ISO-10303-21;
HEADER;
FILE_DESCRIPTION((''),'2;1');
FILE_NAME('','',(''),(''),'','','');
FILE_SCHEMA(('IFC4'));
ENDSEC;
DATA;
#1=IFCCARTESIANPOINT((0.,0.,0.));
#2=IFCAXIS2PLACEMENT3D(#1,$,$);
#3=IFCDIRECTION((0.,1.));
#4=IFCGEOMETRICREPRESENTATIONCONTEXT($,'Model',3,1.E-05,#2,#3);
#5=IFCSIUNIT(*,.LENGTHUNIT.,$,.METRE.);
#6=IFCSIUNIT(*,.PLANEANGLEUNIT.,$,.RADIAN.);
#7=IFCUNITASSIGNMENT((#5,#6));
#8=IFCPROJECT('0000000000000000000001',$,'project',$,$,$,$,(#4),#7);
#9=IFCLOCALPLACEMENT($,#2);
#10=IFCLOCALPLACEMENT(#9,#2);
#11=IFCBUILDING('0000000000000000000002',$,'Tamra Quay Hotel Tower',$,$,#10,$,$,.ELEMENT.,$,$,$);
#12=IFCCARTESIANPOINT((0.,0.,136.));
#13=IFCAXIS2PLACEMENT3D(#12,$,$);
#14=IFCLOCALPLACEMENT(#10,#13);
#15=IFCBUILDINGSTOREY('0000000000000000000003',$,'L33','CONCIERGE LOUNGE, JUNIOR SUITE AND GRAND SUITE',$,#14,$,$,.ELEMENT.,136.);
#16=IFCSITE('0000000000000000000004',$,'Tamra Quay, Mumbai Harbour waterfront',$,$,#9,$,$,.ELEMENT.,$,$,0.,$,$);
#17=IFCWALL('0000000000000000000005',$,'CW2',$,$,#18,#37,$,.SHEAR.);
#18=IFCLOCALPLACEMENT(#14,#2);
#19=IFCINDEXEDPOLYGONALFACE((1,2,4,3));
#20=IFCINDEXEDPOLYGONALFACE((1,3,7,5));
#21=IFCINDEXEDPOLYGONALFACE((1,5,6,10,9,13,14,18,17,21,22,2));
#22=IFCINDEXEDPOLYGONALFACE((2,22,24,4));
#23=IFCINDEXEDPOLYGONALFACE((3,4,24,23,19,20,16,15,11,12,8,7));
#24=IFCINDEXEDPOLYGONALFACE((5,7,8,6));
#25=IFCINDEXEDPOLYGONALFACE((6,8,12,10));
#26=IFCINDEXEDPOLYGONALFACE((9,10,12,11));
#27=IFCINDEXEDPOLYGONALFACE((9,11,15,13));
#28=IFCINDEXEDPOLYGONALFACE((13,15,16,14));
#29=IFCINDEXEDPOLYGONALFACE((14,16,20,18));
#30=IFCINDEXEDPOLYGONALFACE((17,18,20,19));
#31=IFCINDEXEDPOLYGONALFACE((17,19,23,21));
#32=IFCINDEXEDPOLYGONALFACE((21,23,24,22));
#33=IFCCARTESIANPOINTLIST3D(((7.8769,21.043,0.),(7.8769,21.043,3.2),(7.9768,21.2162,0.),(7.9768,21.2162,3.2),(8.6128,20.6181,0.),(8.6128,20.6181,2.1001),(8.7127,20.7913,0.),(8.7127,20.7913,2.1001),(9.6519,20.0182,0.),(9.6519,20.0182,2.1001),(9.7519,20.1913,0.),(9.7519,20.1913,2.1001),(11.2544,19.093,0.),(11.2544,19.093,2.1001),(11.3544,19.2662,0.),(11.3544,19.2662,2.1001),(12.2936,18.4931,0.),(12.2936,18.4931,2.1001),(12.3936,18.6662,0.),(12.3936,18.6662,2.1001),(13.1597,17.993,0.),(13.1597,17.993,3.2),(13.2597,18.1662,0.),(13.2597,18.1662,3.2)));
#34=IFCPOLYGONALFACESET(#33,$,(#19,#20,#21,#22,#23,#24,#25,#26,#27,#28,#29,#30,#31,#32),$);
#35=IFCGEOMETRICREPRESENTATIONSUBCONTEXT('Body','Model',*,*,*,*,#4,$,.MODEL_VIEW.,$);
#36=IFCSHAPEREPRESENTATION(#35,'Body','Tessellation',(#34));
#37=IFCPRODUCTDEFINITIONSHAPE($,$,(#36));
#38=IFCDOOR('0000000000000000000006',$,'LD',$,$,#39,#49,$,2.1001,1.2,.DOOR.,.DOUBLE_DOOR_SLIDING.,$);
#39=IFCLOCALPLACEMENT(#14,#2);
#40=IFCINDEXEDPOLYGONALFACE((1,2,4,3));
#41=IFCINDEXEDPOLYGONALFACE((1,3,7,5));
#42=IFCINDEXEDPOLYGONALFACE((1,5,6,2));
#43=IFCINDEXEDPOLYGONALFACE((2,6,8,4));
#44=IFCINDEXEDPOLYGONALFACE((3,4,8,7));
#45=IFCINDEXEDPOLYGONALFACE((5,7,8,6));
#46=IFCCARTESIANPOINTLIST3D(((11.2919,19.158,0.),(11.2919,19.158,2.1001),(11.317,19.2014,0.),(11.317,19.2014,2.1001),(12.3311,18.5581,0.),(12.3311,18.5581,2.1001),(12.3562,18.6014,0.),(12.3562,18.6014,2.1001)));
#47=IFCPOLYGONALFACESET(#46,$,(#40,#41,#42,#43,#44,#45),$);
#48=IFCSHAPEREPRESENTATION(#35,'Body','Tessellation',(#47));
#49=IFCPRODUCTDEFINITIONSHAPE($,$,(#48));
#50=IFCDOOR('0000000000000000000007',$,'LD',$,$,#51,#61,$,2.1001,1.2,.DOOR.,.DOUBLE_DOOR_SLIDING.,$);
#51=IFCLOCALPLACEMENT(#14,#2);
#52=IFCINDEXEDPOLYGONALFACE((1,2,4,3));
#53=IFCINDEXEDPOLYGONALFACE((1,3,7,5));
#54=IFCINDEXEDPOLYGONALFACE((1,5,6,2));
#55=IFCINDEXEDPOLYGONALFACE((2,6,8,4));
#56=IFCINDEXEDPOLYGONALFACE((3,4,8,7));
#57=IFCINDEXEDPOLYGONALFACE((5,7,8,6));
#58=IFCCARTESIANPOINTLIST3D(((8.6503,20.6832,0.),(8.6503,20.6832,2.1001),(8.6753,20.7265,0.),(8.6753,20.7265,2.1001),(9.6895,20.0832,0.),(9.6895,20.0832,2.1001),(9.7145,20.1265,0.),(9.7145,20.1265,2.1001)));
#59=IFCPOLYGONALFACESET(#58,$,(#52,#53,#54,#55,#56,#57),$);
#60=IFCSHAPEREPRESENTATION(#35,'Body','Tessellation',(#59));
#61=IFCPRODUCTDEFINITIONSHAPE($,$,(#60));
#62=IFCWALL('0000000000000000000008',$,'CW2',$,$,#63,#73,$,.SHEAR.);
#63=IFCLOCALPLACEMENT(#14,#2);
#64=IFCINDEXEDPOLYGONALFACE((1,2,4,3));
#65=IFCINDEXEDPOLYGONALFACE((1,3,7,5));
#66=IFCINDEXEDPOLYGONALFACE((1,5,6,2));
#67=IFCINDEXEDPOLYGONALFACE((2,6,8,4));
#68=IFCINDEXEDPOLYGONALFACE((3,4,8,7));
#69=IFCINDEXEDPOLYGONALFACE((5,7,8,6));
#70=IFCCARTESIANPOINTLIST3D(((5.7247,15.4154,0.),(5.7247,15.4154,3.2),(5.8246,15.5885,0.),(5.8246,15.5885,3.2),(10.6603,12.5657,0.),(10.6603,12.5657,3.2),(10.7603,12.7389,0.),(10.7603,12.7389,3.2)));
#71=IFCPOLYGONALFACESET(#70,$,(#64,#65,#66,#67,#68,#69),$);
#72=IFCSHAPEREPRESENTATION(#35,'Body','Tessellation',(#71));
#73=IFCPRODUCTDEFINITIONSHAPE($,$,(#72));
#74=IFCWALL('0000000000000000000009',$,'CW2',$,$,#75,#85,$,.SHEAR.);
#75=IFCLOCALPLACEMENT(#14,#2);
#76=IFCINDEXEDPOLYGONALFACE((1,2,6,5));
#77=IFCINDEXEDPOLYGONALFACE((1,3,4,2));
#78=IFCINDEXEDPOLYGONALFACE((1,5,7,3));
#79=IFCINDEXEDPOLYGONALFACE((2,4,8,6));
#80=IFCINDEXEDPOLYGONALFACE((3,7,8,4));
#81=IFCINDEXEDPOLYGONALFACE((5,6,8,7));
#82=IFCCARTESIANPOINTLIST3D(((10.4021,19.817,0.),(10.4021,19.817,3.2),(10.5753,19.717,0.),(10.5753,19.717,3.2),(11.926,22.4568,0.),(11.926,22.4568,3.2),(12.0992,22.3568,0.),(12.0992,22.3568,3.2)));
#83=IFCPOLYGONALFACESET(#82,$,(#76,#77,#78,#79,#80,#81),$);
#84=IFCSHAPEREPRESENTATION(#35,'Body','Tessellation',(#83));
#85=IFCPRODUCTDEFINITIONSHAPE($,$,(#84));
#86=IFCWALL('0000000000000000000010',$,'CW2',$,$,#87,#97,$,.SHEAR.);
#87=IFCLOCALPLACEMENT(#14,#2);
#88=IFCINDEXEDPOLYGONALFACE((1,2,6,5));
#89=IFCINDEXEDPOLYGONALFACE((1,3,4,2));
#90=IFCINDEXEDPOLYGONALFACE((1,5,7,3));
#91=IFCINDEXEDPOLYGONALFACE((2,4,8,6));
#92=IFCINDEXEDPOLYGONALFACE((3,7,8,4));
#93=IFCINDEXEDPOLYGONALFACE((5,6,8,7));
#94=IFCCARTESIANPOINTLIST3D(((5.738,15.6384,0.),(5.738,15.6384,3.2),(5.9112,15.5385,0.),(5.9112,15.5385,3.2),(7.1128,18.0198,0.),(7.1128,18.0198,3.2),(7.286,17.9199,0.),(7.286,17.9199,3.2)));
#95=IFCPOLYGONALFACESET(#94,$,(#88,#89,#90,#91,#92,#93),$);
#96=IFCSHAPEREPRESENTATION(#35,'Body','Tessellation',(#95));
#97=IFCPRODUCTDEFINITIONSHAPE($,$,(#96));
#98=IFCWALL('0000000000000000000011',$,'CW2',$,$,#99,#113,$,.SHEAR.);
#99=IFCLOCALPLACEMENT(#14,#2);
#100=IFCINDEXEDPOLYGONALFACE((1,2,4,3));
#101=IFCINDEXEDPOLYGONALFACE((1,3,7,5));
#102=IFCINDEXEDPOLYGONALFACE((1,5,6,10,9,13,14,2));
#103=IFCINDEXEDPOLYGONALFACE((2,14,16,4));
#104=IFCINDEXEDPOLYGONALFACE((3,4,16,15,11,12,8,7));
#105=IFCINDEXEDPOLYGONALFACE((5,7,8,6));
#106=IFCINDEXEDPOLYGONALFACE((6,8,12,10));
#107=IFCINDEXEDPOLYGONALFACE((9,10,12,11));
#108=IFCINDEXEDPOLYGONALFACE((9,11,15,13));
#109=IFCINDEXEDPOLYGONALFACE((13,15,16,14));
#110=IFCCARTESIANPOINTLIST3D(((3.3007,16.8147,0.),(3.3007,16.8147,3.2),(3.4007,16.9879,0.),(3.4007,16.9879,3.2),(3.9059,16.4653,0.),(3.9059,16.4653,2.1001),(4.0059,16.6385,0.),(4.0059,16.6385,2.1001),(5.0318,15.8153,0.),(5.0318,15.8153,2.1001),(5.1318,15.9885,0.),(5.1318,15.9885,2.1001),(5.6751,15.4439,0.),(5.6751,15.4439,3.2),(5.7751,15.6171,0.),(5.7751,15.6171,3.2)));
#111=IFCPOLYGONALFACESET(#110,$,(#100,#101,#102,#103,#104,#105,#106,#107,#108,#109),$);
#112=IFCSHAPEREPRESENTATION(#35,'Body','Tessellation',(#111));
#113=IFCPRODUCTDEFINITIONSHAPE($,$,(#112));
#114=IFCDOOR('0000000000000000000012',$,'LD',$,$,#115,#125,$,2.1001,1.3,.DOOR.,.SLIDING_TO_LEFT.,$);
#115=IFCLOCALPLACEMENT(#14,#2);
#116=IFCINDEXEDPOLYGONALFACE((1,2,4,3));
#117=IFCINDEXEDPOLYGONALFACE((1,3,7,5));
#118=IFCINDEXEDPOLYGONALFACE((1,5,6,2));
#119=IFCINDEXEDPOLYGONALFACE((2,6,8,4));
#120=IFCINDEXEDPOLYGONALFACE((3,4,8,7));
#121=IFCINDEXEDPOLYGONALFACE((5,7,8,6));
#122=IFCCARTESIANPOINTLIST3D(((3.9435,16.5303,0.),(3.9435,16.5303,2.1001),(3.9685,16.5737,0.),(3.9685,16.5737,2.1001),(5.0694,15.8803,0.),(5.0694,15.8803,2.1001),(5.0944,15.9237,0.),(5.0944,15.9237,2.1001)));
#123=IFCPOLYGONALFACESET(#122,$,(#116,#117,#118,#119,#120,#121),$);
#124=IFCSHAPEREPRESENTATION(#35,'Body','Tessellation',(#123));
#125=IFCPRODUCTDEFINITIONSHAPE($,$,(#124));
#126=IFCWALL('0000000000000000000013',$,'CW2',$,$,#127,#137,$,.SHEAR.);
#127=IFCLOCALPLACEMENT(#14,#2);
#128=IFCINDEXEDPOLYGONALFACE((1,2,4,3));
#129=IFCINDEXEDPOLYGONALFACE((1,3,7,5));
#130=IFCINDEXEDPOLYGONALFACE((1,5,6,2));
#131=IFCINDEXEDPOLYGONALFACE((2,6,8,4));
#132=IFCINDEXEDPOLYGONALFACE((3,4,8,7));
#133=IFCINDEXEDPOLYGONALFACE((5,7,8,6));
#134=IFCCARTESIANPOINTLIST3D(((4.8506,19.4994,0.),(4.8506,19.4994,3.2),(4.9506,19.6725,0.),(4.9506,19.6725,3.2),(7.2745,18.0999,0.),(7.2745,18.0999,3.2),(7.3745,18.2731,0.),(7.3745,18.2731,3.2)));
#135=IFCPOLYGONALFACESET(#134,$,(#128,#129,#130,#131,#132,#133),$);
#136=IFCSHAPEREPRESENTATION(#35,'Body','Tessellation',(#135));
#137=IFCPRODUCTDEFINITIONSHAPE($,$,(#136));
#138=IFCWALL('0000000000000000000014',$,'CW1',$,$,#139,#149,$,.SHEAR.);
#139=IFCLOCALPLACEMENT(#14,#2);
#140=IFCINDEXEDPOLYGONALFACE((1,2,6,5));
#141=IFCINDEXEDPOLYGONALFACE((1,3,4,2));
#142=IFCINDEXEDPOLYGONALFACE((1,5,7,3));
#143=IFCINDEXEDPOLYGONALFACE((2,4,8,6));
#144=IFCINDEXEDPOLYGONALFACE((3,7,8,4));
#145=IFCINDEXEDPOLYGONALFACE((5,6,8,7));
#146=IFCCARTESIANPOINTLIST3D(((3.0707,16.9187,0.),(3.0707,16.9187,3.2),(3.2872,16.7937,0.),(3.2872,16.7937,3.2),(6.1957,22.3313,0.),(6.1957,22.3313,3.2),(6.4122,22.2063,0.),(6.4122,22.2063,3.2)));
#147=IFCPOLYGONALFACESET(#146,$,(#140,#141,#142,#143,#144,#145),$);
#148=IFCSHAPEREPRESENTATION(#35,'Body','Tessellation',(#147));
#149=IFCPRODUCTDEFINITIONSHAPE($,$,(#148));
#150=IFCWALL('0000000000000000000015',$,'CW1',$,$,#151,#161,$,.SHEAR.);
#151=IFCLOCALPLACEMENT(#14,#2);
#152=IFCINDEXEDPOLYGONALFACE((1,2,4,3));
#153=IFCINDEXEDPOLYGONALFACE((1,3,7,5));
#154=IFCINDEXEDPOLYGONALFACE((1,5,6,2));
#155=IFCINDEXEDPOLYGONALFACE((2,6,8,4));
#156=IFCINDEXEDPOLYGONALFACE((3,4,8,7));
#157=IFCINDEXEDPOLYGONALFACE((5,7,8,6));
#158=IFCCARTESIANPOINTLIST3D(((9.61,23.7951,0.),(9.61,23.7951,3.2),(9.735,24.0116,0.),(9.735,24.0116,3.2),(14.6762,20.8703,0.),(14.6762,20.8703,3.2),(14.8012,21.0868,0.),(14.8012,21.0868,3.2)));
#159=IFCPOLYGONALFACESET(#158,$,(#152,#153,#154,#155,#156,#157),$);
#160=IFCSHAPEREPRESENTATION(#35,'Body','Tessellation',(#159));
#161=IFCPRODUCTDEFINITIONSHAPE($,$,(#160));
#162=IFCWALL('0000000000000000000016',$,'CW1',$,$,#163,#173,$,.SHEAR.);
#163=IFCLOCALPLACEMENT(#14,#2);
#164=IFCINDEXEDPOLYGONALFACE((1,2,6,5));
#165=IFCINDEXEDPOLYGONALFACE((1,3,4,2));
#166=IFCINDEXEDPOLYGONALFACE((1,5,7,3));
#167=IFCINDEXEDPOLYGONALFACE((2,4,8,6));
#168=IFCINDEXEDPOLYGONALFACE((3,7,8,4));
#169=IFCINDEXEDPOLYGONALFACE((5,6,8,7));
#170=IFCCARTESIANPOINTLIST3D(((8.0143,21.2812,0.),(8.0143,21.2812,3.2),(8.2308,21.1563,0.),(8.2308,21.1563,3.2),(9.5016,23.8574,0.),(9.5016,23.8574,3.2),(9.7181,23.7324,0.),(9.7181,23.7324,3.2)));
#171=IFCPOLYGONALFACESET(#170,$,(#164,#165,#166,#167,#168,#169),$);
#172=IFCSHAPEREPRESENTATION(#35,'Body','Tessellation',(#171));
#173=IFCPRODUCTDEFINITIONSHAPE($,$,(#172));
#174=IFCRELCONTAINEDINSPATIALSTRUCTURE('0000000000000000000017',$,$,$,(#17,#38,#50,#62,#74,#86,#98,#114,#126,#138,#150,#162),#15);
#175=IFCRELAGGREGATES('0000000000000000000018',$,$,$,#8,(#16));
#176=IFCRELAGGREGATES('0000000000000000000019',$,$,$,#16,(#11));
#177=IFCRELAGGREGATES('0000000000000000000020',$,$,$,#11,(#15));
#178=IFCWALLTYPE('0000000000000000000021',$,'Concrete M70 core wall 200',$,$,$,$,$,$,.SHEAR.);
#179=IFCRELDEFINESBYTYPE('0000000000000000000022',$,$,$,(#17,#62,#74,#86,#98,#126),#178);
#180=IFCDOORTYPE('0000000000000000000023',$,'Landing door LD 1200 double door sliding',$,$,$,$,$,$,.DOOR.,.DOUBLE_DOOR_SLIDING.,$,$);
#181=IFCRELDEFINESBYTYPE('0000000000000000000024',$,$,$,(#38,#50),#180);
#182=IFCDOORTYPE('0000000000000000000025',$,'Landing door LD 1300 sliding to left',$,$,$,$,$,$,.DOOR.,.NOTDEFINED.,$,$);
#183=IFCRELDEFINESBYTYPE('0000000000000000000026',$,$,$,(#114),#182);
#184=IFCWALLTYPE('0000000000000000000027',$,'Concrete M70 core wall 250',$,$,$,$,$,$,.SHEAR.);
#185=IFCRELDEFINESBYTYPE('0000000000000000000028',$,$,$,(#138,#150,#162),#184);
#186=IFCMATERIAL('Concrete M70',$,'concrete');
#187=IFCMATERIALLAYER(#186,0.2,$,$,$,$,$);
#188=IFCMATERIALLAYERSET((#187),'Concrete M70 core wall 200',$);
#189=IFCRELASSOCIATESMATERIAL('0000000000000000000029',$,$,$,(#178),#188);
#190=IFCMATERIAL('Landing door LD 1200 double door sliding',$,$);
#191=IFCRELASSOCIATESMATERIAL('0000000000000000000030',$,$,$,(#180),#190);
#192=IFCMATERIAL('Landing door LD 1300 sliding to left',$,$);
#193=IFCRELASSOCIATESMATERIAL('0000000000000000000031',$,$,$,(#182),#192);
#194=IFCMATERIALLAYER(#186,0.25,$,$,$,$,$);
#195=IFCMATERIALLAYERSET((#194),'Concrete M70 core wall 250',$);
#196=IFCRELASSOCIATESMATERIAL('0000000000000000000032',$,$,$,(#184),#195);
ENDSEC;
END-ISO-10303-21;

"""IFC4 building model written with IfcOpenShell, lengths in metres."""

from ifc_helpers import new_model, si_unit, direction, frame, frame_2d, origin, place, context, subcontext, project, spatial, rectangle, extrude, material, layer, layer_set, type_object, element, fill, save


model = new_model("IFC4")

# Units and contexts
model_context = context("Model", 3, precision=1e-05, world=origin(), true_north=direction((0.0, 1.0)))
body_context = subcontext(model_context, "Body", "Model", "MODEL_VIEW")
ifc_project = project(units=[si_unit("LENGTHUNIT", "METRE"), si_unit("PLANEANGLEUNIT", "RADIAN")], contexts=[model_context])

# Site, building, storey
site_placement = place(None, origin())
site = spatial("IfcSite", under=ifc_project, at=site_placement, Name="Tamra Quay, Mumbai Harbour waterfront", CompositionType="ELEMENT", RefElevation=0.0)
building_placement = place(site_placement, origin())
building = spatial("IfcBuilding", under=site, at=building_placement, Name="Tamra Quay Hotel Tower", CompositionType="ELEMENT")
storey_placement = place(building_placement, frame((0.0, 0.0, 136.0)))
storey = spatial("IfcBuildingStorey", under=building, at=storey_placement, Name="L33", Description="CONCIERGE LOUNGE, JUNIOR SUITE AND GRAND SUITE", CompositionType="ELEMENT", Elevation=136.0)

# Shared definitions
ifc_material_1 = material(Name="Concrete M70", Category="concrete")

# Wall, openings, doors
ifc_layer_1 = layer(ifc_material_1, 0.2)
ifc_layer_set_1 = layer_set([ifc_layer_1], Name="Concrete M70 core wall 200")
wall_type_1 = type_object("IfcWallType", Name="Concrete M70 core wall 200", PredefinedType="SHEAR", material=ifc_layer_set_1)
wall_1_placement = place(storey_placement, frame((13.2097, 18.0796, 0.0), z_axis=(0.0, 0.0, 1.0), x_axis=(-0.86603, 0.499992, 0.0)))
wall_1 = element("IfcWall", 1, at=wall_1_placement, inside=storey, type_object=wall_type_1, Name="CW2", PredefinedType="SHEAR", context=body_context, shape_type="SweptSolid", body=[
    extrude(rectangle(XDim=6.1001, YDim=0.2, at=frame_2d((3.05, 0.0))), origin(), (0.0, 0.0, 1.0), 3.2),
])
opening_1_placement = place(wall_1_placement, frame((1.0, 0.0, 0.0)))
opening_1 = element("IfcOpeningElement", 2, at=opening_1_placement, cuts=wall_1, PredefinedType="OPENING", context=body_context, shape_type="SweptSolid", body=[
    extrude(rectangle(XDim=1.2, YDim=2.1001, at=frame_2d((0.6001, 1.05))), frame((0.0, 0.1099, 0.0), z_axis=(0.0, -1.0, 0.0), x_axis=(1.0, 0.0, 0.0)), (0.0, 0.0, 1.0), 0.22),
])
opening_2_placement = place(wall_1_placement, frame((4.0503, 0.0, 0.0)))
opening_2 = element("IfcOpeningElement", 3, at=opening_2_placement, cuts=wall_1, PredefinedType="OPENING", context=body_context, shape_type="SweptSolid", body=[
    extrude(rectangle(XDim=1.2, YDim=2.1001, at=frame_2d((0.6001, 1.05))), frame((0.0, 0.1099, 0.0), z_axis=(0.0, -1.0, 0.0), x_axis=(1.0, 0.0, 0.0)), (0.0, 0.0, 1.0), 0.22),
])
ifc_material_2 = material(Name="Landing door LD 1200 double door sliding")
door_type_1 = type_object("IfcDoorType", Name="Landing door LD 1200 double door sliding", OperationType="DOUBLE_DOOR_SLIDING", PredefinedType="DOOR", material=ifc_material_2)
door_1_placement = place(opening_1_placement, origin())
door_1 = element("IfcDoor", 4, at=door_1_placement, inside=storey, type_object=door_type_1, Name="LD", OperationType="DOUBLE_DOOR_SLIDING", OverallHeight=2.1001, OverallWidth=1.2, PredefinedType="DOOR", context=body_context, shape_type="SweptSolid", body=[
    extrude(rectangle(XDim=1.2, YDim=2.1001, at=frame_2d((0.6001, 1.05))), frame((0.0, 0.0249, 0.0), z_axis=(0.0, -1.0, 0.0), x_axis=(1.0, 0.0, 0.0)), (0.0, 0.0, 1.0), 0.05),
])
fill(opening_1, door_1)
door_2_placement = place(opening_2_placement, origin())
door_2 = element("IfcDoor", 5, at=door_2_placement, inside=storey, type_object=door_type_1, Name="LD", OperationType="DOUBLE_DOOR_SLIDING", OverallHeight=2.1001, OverallWidth=1.2, PredefinedType="DOOR", context=body_context, shape_type="SweptSolid", body=[
    extrude(rectangle(XDim=1.2, YDim=2.1001, at=frame_2d((0.6001, 1.05))), frame((0.0, 0.0249, 0.0), z_axis=(0.0, -1.0, 0.0), x_axis=(1.0, 0.0, 0.0)), (0.0, 0.0, 1.0), 0.05),
])
fill(opening_2, door_2)

# Walls
wall_2_placement = place(storey_placement, frame((5.7747, 15.502, 0.0), z_axis=(0.0, 0.0, 1.0), x_axis=(0.86602, -0.500009, 0.0)))
element("IfcWall", 6, at=wall_2_placement, inside=storey, type_object=wall_type_1, Name="CW2", PredefinedType="SHEAR", context=body_context, shape_type="SweptSolid", body=[
    extrude(rectangle(XDim=5.6992, YDim=0.2, at=frame_2d((2.8496, 0.0))), origin(), (0.0, 0.0, 1.0), 3.2),
])
wall_3_placement = place(storey_placement, frame((10.4888, 19.7671, 0.0), z_axis=(0.0, 0.0, 1.0), x_axis=(0.499947, 0.866056, 0.0)))
element("IfcWall", 7, at=wall_3_placement, inside=storey, type_object=wall_type_1, Name="CW2", PredefinedType="SHEAR", context=body_context, shape_type="SweptSolid", body=[
    extrude(rectangle(XDim=3.0481, YDim=0.2, at=frame_2d((1.5239, 0.0))), origin(), (0.0, 0.0, 1.0), 3.2),
])
wall_4_placement = place(storey_placement, frame((7.1995, 17.97, 0.0), z_axis=(0.0, 0.0, 1.0), x_axis=(-0.499968, -0.866044, 0.0)))
element("IfcWall", 8, at=wall_4_placement, inside=storey, type_object=wall_type_1, Name="CW2", PredefinedType="SHEAR", context=body_context, shape_type="SweptSolid", body=[
    extrude(rectangle(XDim=2.7498, YDim=0.2, at=frame_2d((1.375, 0.0))), origin(), (0.0, 0.0, 1.0), 3.2),
])

# Wall, opening, door
wall_5_placement = place(storey_placement, frame((5.7251, 15.5305, 0.0), z_axis=(0.0, 0.0, 1.0), x_axis=(-0.866037, 0.499979, 0.0)))
wall_5 = element("IfcWall", 9, at=wall_5_placement, inside=storey, type_object=wall_type_1, Name="CW2", PredefinedType="SHEAR", context=body_context, shape_type="SweptSolid", body=[
    extrude(rectangle(XDim=2.7417, YDim=0.2, at=frame_2d((1.3708, 0.0))), origin(), (0.0, 0.0, 1.0), 3.2),
])
opening_3_placement = place(wall_5_placement, frame((0.7429, 0.0, 0.0)))
opening_3 = element("IfcOpeningElement", 10, at=opening_3_placement, cuts=wall_5, PredefinedType="OPENING", context=body_context, shape_type="SweptSolid", body=[
    extrude(rectangle(XDim=1.3, YDim=2.1001, at=frame_2d((0.6499, 1.05))), frame((0.0, 0.1099, 0.0), z_axis=(0.0, -1.0, 0.0), x_axis=(1.0, 0.0, 0.0)), (0.0, 0.0, 1.0), 0.22),
])
ifc_material_3 = material(Name="Landing door LD 1300 sliding to left")
door_type_2 = type_object("IfcDoorType", Name="Landing door LD 1300 sliding to left", OperationType="NOTDEFINED", PredefinedType="DOOR", material=ifc_material_3)
door_3_placement = place(opening_3_placement, origin())
door_3 = element("IfcDoor", 11, at=door_3_placement, inside=storey, type_object=door_type_2, Name="LD", OperationType="SLIDING_TO_LEFT", OverallHeight=2.1001, OverallWidth=1.3, PredefinedType="DOOR", context=body_context, shape_type="SweptSolid", body=[
    extrude(rectangle(XDim=1.3, YDim=2.1001, at=frame_2d((0.6499, 1.05))), frame((0.0, 0.0249, 0.0), z_axis=(0.0, -1.0, 0.0), x_axis=(1.0, 0.0, 0.0)), (0.0, 0.0, 1.0), 0.05),
])
fill(opening_3, door_3)

# Walls
wall_6_placement = place(storey_placement, frame((4.9006, 19.5859, 0.0), z_axis=(0.0, 0.0, 1.0), x_axis=(0.866023, -0.500004, 0.0)))
element("IfcWall", 12, at=wall_6_placement, inside=storey, type_object=wall_type_1, Name="CW2", PredefinedType="SHEAR", context=body_context, shape_type="SweptSolid", body=[
    extrude(rectangle(XDim=2.7988, YDim=0.2, at=frame_2d((1.3994, 0.0))), origin(), (0.0, 0.0, 1.0), 3.2),
])
ifc_layer_2 = layer(ifc_material_1, 0.25)
ifc_layer_set_2 = layer_set([ifc_layer_2], Name="Concrete M70 core wall 250")
wall_type_2 = type_object("IfcWallType", Name="Concrete M70 core wall 250", PredefinedType="SHEAR", material=ifc_layer_set_2)
wall_7_placement = place(storey_placement, frame((3.179, 16.8562, 0.0), z_axis=(0.0, 0.0, 1.0), x_axis=(0.500004, 0.866023, 0.0)))
element("IfcWall", 13, at=wall_7_placement, inside=storey, type_object=wall_type_2, Name="CW1", PredefinedType="SHEAR", context=body_context, shape_type="SweptSolid", body=[
    extrude(rectangle(XDim=6.25, YDim=0.25, at=frame_2d((3.125, 0.0))), origin(), (0.0, 0.0, 1.0), 3.2),
])
wall_8_placement = place(storey_placement, frame((9.6726, 23.9033, 0.0), z_axis=(0.0, 0.0, 1.0), x_axis=(0.866036, -0.499981, 0.0)))
element("IfcWall", 14, at=wall_8_placement, inside=storey, type_object=wall_type_2, Name="CW1", PredefinedType="SHEAR", context=body_context, shape_type="SweptSolid", body=[
    extrude(rectangle(XDim=5.8499, YDim=0.25, at=frame_2d((2.9248, 0.0))), origin(), (0.0, 0.0, 1.0), 3.2),
])
wall_9_placement = place(storey_placement, frame((8.1226, 21.2188, 0.0), z_axis=(0.0, 0.0, 1.0), x_axis=(0.499988, 0.866033, 0.0)))
element("IfcWall", 15, at=wall_9_placement, inside=storey, type_object=wall_type_2, Name="CW1", PredefinedType="SHEAR", context=body_context, shape_type="SweptSolid", body=[
    extrude(rectangle(XDim=2.9746, YDim=0.25, at=frame_2d((1.4873, 0.0))), origin(), (0.0, 0.0, 1.0), 3.2),
])

save(model, "model.ifc")
